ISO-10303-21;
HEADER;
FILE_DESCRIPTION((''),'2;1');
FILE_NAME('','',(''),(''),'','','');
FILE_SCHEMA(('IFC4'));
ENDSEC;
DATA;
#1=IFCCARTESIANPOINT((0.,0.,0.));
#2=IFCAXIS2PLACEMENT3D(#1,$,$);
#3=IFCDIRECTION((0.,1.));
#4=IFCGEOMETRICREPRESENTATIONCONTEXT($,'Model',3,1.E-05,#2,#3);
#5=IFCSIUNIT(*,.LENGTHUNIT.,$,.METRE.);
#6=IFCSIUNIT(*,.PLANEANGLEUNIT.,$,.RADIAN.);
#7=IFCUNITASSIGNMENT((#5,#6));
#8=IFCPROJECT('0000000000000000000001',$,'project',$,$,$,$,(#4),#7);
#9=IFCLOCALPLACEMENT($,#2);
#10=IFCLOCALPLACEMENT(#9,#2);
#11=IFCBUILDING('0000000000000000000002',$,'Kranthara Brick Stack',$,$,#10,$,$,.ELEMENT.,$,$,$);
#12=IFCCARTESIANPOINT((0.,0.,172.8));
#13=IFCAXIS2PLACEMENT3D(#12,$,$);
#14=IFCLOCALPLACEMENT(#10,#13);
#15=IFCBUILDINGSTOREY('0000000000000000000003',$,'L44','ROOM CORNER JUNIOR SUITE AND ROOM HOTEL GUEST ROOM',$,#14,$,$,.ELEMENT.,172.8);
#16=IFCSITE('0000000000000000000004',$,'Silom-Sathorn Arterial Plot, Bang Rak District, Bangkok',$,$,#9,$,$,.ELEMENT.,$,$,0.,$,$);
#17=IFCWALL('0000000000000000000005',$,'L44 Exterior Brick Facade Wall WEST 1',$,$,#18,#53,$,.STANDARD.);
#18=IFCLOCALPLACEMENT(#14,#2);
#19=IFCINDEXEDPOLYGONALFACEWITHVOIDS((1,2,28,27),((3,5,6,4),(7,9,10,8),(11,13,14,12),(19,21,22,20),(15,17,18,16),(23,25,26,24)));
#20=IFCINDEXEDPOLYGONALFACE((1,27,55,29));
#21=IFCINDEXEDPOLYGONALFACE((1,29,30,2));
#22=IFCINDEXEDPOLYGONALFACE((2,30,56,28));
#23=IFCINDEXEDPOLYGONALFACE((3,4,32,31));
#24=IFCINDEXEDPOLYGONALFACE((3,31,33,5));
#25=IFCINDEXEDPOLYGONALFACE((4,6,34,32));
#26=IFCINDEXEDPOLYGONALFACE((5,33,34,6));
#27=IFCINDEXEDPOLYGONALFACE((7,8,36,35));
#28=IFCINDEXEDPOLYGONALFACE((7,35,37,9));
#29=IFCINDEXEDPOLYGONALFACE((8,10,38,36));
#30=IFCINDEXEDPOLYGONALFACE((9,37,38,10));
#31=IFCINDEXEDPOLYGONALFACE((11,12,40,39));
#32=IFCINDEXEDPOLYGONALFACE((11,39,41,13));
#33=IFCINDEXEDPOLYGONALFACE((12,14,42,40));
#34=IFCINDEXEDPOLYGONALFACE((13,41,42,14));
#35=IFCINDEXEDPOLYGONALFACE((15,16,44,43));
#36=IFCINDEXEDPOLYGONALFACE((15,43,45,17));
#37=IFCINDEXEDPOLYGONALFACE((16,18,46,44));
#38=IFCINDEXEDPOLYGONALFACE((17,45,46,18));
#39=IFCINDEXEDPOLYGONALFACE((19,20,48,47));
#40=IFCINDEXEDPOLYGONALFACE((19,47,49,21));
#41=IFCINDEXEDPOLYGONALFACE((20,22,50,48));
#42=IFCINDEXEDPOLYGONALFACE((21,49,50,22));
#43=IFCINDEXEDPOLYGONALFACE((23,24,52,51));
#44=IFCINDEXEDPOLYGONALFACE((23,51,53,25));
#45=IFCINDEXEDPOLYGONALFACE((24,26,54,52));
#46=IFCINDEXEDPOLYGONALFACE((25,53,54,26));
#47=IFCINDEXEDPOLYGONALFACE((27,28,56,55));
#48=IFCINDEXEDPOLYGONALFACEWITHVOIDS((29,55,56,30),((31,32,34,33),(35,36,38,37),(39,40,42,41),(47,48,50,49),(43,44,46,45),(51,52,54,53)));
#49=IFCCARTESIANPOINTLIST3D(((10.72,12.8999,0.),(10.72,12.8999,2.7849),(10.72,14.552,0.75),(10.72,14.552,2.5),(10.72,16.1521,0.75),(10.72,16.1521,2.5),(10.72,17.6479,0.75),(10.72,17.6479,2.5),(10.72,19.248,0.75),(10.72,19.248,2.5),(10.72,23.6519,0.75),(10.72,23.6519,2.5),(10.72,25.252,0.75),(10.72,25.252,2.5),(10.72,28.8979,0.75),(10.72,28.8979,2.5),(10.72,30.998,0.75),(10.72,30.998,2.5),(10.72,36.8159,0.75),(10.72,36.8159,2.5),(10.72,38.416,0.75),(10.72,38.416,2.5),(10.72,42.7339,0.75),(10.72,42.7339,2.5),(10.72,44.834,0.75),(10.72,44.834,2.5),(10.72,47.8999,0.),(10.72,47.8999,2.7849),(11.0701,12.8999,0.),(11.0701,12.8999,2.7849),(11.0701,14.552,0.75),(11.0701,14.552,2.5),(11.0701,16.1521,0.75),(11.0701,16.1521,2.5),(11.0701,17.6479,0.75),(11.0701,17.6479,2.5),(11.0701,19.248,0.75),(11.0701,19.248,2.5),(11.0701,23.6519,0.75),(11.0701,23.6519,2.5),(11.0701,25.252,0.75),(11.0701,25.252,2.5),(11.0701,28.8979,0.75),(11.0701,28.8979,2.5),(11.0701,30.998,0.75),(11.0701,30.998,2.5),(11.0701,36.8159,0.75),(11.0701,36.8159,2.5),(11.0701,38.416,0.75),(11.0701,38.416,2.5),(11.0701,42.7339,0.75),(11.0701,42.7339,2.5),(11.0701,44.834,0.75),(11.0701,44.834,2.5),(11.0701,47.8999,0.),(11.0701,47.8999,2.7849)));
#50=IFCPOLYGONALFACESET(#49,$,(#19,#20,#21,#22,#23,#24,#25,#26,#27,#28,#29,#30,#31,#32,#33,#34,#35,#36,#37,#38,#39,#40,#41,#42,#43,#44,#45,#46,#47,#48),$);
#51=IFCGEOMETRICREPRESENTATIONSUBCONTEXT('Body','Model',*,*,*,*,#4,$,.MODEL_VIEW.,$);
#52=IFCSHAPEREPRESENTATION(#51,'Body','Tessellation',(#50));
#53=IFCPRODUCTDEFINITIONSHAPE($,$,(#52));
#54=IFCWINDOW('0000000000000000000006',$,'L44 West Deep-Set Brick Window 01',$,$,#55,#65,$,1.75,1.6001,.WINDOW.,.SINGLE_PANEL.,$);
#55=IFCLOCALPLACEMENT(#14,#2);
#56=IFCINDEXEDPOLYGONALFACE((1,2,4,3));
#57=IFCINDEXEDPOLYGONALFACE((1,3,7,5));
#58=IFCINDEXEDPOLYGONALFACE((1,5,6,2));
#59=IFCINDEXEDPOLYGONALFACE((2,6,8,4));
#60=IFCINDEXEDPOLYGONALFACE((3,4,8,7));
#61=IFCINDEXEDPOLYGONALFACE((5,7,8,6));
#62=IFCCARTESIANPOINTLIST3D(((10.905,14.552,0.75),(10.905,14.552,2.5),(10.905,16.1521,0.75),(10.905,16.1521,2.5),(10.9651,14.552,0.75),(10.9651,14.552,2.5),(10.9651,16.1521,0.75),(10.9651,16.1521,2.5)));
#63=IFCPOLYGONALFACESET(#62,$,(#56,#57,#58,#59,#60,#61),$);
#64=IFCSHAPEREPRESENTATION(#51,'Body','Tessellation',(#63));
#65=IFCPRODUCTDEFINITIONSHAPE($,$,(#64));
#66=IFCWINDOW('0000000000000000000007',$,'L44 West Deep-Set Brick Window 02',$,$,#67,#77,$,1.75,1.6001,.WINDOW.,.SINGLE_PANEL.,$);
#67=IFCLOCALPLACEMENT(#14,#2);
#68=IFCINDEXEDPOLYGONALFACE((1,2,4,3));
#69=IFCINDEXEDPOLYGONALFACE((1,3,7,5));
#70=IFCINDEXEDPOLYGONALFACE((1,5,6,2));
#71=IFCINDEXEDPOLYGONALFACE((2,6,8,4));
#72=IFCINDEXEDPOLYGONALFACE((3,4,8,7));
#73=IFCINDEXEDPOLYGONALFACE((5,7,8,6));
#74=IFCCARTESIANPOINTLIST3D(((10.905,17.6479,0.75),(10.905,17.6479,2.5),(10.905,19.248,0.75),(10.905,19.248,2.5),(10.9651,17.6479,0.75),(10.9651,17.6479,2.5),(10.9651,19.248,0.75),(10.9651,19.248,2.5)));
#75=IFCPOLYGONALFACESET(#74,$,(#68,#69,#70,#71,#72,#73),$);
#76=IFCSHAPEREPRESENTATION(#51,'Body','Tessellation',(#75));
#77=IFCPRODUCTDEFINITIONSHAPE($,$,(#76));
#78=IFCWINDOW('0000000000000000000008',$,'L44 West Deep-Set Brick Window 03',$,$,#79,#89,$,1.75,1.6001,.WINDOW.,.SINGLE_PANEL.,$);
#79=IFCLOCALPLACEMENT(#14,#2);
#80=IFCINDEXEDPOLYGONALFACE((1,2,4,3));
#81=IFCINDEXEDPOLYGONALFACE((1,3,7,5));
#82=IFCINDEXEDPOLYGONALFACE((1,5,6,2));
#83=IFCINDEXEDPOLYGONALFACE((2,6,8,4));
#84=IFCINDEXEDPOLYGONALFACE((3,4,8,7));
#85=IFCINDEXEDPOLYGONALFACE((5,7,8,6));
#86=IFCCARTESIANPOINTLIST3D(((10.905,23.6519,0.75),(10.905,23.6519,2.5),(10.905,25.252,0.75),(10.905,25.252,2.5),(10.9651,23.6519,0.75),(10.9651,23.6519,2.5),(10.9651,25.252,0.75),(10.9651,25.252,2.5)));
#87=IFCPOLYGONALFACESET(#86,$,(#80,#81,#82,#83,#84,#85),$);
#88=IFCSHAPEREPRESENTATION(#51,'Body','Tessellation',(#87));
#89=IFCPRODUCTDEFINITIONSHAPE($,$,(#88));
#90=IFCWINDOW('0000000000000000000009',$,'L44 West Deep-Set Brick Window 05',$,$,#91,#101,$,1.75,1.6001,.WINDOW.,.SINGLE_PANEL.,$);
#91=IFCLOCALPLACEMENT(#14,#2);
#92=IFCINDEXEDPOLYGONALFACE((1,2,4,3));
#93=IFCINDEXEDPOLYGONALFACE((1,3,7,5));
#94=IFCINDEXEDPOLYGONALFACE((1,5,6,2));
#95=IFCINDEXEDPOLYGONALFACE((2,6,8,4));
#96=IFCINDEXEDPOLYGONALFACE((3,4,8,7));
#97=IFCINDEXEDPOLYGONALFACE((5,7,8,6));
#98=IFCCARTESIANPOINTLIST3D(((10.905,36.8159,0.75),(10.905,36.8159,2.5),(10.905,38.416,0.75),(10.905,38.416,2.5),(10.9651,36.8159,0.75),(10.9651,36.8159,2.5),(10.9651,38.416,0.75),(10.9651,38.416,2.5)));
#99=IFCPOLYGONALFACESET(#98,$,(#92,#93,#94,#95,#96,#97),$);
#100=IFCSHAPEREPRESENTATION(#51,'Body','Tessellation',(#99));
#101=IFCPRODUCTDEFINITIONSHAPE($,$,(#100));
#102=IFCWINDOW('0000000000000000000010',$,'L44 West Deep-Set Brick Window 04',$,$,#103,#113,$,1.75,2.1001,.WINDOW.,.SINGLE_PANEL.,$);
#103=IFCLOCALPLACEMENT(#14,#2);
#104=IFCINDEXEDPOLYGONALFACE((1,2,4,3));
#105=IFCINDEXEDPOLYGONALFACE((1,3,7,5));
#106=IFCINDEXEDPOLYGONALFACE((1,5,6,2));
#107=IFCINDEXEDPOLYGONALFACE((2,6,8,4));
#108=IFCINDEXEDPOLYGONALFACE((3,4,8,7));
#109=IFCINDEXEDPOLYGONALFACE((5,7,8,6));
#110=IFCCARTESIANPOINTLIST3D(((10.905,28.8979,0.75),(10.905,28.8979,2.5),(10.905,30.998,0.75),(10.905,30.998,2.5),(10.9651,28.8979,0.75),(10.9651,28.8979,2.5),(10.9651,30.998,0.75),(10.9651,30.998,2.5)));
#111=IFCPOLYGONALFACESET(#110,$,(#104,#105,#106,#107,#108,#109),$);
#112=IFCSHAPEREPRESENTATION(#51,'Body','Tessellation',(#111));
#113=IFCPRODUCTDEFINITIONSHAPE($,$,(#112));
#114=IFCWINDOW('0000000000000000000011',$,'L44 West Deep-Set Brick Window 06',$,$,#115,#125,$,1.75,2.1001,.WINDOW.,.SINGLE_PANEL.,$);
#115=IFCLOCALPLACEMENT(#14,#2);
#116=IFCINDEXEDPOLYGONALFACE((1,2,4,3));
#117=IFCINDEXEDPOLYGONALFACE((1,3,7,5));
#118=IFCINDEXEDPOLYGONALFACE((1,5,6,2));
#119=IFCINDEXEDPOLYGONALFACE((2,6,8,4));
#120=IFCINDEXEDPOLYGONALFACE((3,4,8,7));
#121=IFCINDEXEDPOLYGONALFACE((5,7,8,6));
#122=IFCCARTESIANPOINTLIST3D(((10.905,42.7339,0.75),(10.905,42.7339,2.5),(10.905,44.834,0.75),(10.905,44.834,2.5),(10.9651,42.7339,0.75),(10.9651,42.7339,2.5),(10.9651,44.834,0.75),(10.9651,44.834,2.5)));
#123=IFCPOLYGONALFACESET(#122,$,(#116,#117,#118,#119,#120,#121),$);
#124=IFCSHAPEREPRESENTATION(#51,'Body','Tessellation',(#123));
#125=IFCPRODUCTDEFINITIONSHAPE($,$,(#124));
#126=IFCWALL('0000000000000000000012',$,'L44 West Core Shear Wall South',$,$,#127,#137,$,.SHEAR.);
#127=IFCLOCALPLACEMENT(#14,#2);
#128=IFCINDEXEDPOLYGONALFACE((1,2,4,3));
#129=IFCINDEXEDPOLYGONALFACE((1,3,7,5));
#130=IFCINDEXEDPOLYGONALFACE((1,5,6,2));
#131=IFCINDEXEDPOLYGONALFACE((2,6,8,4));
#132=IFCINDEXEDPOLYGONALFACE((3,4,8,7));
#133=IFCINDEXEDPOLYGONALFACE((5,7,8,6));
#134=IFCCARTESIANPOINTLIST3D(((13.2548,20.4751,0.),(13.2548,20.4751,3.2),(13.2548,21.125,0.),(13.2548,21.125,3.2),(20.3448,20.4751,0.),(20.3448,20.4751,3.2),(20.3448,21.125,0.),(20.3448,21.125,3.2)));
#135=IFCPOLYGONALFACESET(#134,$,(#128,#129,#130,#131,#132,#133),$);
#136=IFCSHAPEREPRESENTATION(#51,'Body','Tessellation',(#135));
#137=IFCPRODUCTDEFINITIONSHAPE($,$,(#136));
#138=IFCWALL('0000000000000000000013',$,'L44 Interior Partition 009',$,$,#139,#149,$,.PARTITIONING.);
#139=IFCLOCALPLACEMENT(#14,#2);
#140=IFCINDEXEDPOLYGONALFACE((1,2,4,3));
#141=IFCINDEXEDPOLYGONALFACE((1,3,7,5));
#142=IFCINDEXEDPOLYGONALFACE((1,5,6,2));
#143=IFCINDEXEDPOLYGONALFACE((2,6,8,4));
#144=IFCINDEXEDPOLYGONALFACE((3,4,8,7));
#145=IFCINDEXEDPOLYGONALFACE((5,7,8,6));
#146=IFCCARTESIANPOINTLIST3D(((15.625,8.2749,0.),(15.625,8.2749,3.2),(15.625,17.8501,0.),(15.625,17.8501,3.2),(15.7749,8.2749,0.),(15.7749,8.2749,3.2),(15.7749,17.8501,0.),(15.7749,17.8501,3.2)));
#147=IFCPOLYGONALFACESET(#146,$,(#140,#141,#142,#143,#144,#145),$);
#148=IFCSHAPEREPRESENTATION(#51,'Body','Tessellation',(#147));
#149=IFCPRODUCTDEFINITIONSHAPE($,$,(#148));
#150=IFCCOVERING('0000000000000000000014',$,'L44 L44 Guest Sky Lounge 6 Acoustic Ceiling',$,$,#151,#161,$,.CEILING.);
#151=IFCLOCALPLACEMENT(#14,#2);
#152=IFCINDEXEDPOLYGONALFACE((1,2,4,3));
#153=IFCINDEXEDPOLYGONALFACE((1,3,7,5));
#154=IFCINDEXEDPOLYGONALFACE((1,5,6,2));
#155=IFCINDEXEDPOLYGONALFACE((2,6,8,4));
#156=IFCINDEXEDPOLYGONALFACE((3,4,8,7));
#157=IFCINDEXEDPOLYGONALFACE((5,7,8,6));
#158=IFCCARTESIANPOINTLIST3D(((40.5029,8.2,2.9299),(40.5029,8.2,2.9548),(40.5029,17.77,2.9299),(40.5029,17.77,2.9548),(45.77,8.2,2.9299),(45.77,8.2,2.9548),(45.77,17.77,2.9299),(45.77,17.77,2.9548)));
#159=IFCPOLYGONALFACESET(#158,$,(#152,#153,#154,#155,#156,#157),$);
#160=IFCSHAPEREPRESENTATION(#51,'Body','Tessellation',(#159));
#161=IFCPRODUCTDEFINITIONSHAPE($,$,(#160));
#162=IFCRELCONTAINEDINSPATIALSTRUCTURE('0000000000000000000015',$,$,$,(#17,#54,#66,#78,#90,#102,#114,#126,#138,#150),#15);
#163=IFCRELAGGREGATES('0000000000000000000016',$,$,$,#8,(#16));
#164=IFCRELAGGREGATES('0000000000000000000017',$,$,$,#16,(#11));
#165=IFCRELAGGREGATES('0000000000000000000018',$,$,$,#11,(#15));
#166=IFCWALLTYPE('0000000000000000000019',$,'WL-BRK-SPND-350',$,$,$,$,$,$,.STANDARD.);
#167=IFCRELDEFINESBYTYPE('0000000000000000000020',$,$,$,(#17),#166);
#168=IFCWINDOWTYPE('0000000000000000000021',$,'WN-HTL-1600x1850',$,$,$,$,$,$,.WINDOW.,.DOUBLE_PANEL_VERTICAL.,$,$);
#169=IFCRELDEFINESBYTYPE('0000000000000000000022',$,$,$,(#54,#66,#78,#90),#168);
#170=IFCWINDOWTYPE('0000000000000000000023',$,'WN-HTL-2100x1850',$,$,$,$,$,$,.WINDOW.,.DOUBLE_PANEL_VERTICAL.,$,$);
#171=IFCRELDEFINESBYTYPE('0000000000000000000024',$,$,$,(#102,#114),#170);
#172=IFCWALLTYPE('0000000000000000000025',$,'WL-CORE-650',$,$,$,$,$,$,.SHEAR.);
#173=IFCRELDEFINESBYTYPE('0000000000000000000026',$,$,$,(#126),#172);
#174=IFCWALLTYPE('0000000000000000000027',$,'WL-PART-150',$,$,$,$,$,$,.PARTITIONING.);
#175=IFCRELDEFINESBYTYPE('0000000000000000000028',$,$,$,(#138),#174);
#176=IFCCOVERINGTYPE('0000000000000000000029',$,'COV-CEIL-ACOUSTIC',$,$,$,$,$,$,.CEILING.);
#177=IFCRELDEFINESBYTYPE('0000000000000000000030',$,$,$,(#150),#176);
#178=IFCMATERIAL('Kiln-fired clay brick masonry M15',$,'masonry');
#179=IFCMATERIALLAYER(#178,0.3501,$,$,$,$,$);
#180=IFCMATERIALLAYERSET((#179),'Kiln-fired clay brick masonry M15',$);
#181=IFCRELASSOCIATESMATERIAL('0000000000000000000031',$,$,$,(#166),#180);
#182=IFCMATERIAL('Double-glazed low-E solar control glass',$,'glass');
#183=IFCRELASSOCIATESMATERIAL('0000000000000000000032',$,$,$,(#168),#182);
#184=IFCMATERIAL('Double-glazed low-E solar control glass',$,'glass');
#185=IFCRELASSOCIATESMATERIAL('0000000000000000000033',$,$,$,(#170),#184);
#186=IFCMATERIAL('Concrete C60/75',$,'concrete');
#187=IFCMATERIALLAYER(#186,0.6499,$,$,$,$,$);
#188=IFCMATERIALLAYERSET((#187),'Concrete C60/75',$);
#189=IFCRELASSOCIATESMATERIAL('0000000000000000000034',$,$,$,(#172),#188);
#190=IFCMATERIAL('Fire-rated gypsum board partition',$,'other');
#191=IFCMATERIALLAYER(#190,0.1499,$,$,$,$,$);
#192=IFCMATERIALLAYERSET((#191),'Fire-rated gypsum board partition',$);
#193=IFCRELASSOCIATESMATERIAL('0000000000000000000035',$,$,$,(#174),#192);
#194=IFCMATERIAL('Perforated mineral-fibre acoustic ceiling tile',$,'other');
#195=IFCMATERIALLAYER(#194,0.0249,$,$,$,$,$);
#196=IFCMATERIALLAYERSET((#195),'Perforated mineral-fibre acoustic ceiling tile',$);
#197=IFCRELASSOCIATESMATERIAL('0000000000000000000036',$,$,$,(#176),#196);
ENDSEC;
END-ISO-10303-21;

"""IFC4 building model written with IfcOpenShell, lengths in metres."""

from ifc_helpers import new_model, si_unit, direction, frame, frame_2d, origin, place, context, subcontext, project, spatial, polyline, rectangle, outline, extrude, material, layer, layer_set, type_object, element, fill, save


model = new_model("IFC4")

# Units and contexts
model_context = context("Model", 3, precision=1e-05, world=origin(), true_north=direction((0.0, 1.0)))
body_context = subcontext(model_context, "Body", "Model", "MODEL_VIEW")
ifc_project = project(units=[si_unit("LENGTHUNIT", "METRE"), si_unit("PLANEANGLEUNIT", "RADIAN")], contexts=[model_context])

# Site, building, storey
site_placement = place(None, origin())
site = spatial("IfcSite", under=ifc_project, at=site_placement, Name="Silom-Sathorn Arterial Plot, Bang Rak District, Bangkok", CompositionType="ELEMENT", RefElevation=0.0)
building_placement = place(site_placement, origin())
building = spatial("IfcBuilding", under=site, at=building_placement, Name="Kranthara Brick Stack", CompositionType="ELEMENT")
storey_placement = place(building_placement, frame((0.0, 0.0, 172.8)))
storey = spatial("IfcBuildingStorey", under=building, at=storey_placement, Name="L44", Description="ROOM CORNER JUNIOR SUITE AND ROOM HOTEL GUEST ROOM", CompositionType="ELEMENT", Elevation=172.8)

# Shared definitions
ifc_material_1 = material(Name="Kiln-fired clay brick masonry M15", Category="masonry")
ifc_layer_1 = layer(ifc_material_1, 0.3501)
ifc_layer_set_1 = layer_set([ifc_layer_1], Name="Kiln-fired clay brick masonry M15")
wall_type_1 = type_object("IfcWallType", Name="WL-BRK-SPND-350", PredefinedType="STANDARD", material=ifc_layer_set_1)

# Wall, openings, windows
wall_1_placement = place(storey_placement, frame((10.895, 12.8999, 0.0), z_axis=(0.0, 0.0, 1.0), x_axis=(0.0, 1.0, 0.0)))
wall_1 = element("IfcWall", 1, at=wall_1_placement, inside=storey, type_object=wall_type_1, Name="L44 Exterior Brick Facade Wall WEST 1", PredefinedType="STANDARD", context=body_context, shape_type="SweptSolid", body=[
    extrude(rectangle(XDim=35.0, YDim=0.3501, at=frame_2d((17.5, 0.0))), origin(), (0.0, 0.0, 1.0), 2.7849),
])
opening_1_placement = place(wall_1_placement, frame((1.6521, 0.0, 0.75)))
opening_1 = element("IfcOpeningElement", 2, at=opening_1_placement, cuts=wall_1, PredefinedType="OPENING", context=body_context, shape_type="SweptSolid", body=[
    extrude(rectangle(XDim=1.6001, YDim=1.75, at=frame_2d((0.8, 0.875))), frame((0.0, 0.1851, 0.0), z_axis=(0.0, -1.0, 0.0), x_axis=(1.0, 0.0, 0.0)), (0.0, 0.0, 1.0), 0.3701),
])
opening_2_placement = place(wall_1_placement, frame((4.748, 0.0, 0.75)))
opening_2 = element("IfcOpeningElement", 3, at=opening_2_placement, cuts=wall_1, PredefinedType="OPENING", context=body_context, shape_type="SweptSolid", body=[
    extrude(rectangle(XDim=1.6001, YDim=1.75, at=frame_2d((0.8, 0.875))), frame((0.0, 0.1851, 0.0), z_axis=(0.0, -1.0, 0.0), x_axis=(1.0, 0.0, 0.0)), (0.0, 0.0, 1.0), 0.3701),
])
opening_3_placement = place(wall_1_placement, frame((10.752, 0.0, 0.75)))
opening_3 = element("IfcOpeningElement", 4, at=opening_3_placement, cuts=wall_1, PredefinedType="OPENING", context=body_context, shape_type="SweptSolid", body=[
    extrude(rectangle(XDim=1.6001, YDim=1.75, at=frame_2d((0.8, 0.875))), frame((0.0, 0.1851, 0.0), z_axis=(0.0, -1.0, 0.0), x_axis=(1.0, 0.0, 0.0)), (0.0, 0.0, 1.0), 0.3701),
])
opening_4_placement = place(wall_1_placement, frame((15.998, 0.0, 0.75)))
opening_4 = element("IfcOpeningElement", 5, at=opening_4_placement, cuts=wall_1, PredefinedType="OPENING", context=body_context, shape_type="SweptSolid", body=[
    extrude(rectangle(XDim=2.1001, YDim=1.75, at=frame_2d((1.05, 0.875))), frame((0.0, 0.1851, 0.0), z_axis=(0.0, -1.0, 0.0), x_axis=(1.0, 0.0, 0.0)), (0.0, 0.0, 1.0), 0.3701),
])
opening_5_placement = place(wall_1_placement, frame((23.916, 0.0, 0.75)))
opening_5 = element("IfcOpeningElement", 6, at=opening_5_placement, cuts=wall_1, PredefinedType="OPENING", context=body_context, shape_type="SweptSolid", body=[
    extrude(rectangle(XDim=1.6001, YDim=1.75, at=frame_2d((0.8, 0.875))), frame((0.0, 0.1851, 0.0), z_axis=(0.0, -1.0, 0.0), x_axis=(1.0, 0.0, 0.0)), (0.0, 0.0, 1.0), 0.3701),
])
opening_6_placement = place(wall_1_placement, frame((29.834, 0.0, 0.75)))
opening_6 = element("IfcOpeningElement", 7, at=opening_6_placement, cuts=wall_1, PredefinedType="OPENING", context=body_context, shape_type="SweptSolid", body=[
    extrude(rectangle(XDim=2.1001, YDim=1.75, at=frame_2d((1.05, 0.875))), frame((0.0, 0.1851, 0.0), z_axis=(0.0, -1.0, 0.0), x_axis=(1.0, 0.0, 0.0)), (0.0, 0.0, 1.0), 0.3701),
])
ifc_material_2 = material(Name="Double-glazed low-E solar control glass", Category="glass")
window_type_1 = type_object("IfcWindowType", Name="WN-HTL-1600x1850", PartitioningType="DOUBLE_PANEL_VERTICAL", PredefinedType="WINDOW", material=ifc_material_2)
window_1_placement = place(opening_1_placement, origin())
window_1 = element("IfcWindow", 8, at=window_1_placement, inside=storey, type_object=window_type_1, Name="L44 West Deep-Set Brick Window 01", OverallHeight=1.75, OverallWidth=1.6001, PartitioningType="SINGLE_PANEL", PredefinedType="WINDOW", context=body_context, shape_type="SweptSolid", body=[
    extrude(rectangle(XDim=1.6001, YDim=1.75, at=frame_2d((0.8, 0.875))), frame((0.0, -0.01, 0.0), z_axis=(0.0, -1.0, 0.0), x_axis=(1.0, 0.0, 0.0)), (0.0, 0.0, 1.0), 0.0601),
])
fill(opening_1, window_1)
window_2_placement = place(opening_2_placement, origin())
window_2 = element("IfcWindow", 9, at=window_2_placement, inside=storey, type_object=window_type_1, Name="L44 West Deep-Set Brick Window 02", OverallHeight=1.75, OverallWidth=1.6001, PartitioningType="SINGLE_PANEL", PredefinedType="WINDOW", context=body_context, shape_type="SweptSolid", body=[
    extrude(rectangle(XDim=1.6001, YDim=1.75, at=frame_2d((0.8, 0.875))), frame((0.0, -0.01, 0.0), z_axis=(0.0, -1.0, 0.0), x_axis=(1.0, 0.0, 0.0)), (0.0, 0.0, 1.0), 0.0601),
])
fill(opening_2, window_2)
window_3_placement = place(opening_3_placement, origin())
window_3 = element("IfcWindow", 10, at=window_3_placement, inside=storey, type_object=window_type_1, Name="L44 West Deep-Set Brick Window 03", OverallHeight=1.75, OverallWidth=1.6001, PartitioningType="SINGLE_PANEL", PredefinedType="WINDOW", context=body_context, shape_type="SweptSolid", body=[
    extrude(rectangle(XDim=1.6001, YDim=1.75, at=frame_2d((0.8, 0.875))), frame((0.0, -0.01, 0.0), z_axis=(0.0, -1.0, 0.0), x_axis=(1.0, 0.0, 0.0)), (0.0, 0.0, 1.0), 0.0601),
])
fill(opening_3, window_3)
window_4_placement = place(opening_5_placement, origin())
window_4 = element("IfcWindow", 11, at=window_4_placement, inside=storey, type_object=window_type_1, Name="L44 West Deep-Set Brick Window 05", OverallHeight=1.75, OverallWidth=1.6001, PartitioningType="SINGLE_PANEL", PredefinedType="WINDOW", context=body_context, shape_type="SweptSolid", body=[
    extrude(rectangle(XDim=1.6001, YDim=1.75, at=frame_2d((0.8, 0.875))), frame((0.0, -0.01, 0.0), z_axis=(0.0, -1.0, 0.0), x_axis=(1.0, 0.0, 0.0)), (0.0, 0.0, 1.0), 0.0601),
])
fill(opening_5, window_4)
ifc_material_3 = material(Name="Double-glazed low-E solar control glass", Category="glass")
window_type_2 = type_object("IfcWindowType", Name="WN-HTL-2100x1850", PartitioningType="DOUBLE_PANEL_VERTICAL", PredefinedType="WINDOW", material=ifc_material_3)
window_5_placement = place(opening_4_placement, origin())
window_5 = element("IfcWindow", 12, at=window_5_placement, inside=storey, type_object=window_type_2, Name="L44 West Deep-Set Brick Window 04", OverallHeight=1.75, OverallWidth=2.1001, PartitioningType="SINGLE_PANEL", PredefinedType="WINDOW", context=body_context, shape_type="SweptSolid", body=[
    extrude(rectangle(XDim=2.1001, YDim=1.75, at=frame_2d((1.05, 0.875))), frame((0.0, -0.01, 0.0), z_axis=(0.0, -1.0, 0.0), x_axis=(1.0, 0.0, 0.0)), (0.0, 0.0, 1.0), 0.0601),
])
fill(opening_4, window_5)
window_6_placement = place(opening_6_placement, origin())
window_6 = element("IfcWindow", 13, at=window_6_placement, inside=storey, type_object=window_type_2, Name="L44 West Deep-Set Brick Window 06", OverallHeight=1.75, OverallWidth=2.1001, PartitioningType="SINGLE_PANEL", PredefinedType="WINDOW", context=body_context, shape_type="SweptSolid", body=[
    extrude(rectangle(XDim=2.1001, YDim=1.75, at=frame_2d((1.05, 0.875))), frame((0.0, -0.01, 0.0), z_axis=(0.0, -1.0, 0.0), x_axis=(1.0, 0.0, 0.0)), (0.0, 0.0, 1.0), 0.0601),
])
fill(opening_6, window_6)

# Walls
ifc_material_4 = material(Name="Concrete C60/75", Category="concrete")
ifc_layer_2 = layer(ifc_material_4, 0.6499)
ifc_layer_set_2 = layer_set([ifc_layer_2], Name="Concrete C60/75")
wall_type_2 = type_object("IfcWallType", Name="WL-CORE-650", PredefinedType="SHEAR", material=ifc_layer_set_2)
wall_2_placement = place(storey_placement, frame((13.2549, 20.8, 0.0), z_axis=(0.0, 0.0, 1.0), x_axis=(1.0, 0.0, 0.0)))
element("IfcWall", 14, at=wall_2_placement, inside=storey, type_object=wall_type_2, Name="L44 West Core Shear Wall South", PredefinedType="SHEAR", context=body_context, shape_type="SweptSolid", body=[
    extrude(rectangle(XDim=7.0901, YDim=0.6499, at=frame_2d((3.5449, 0.0))), origin(), (0.0, 0.0, 1.0), 3.2),
])
ifc_material_5 = material(Name="Fire-rated gypsum board partition", Category="other")
ifc_layer_3 = layer(ifc_material_5, 0.1499)
ifc_layer_set_3 = layer_set([ifc_layer_3], Name="Fire-rated gypsum board partition")
wall_type_3 = type_object("IfcWallType", Name="WL-PART-150", PredefinedType="PARTITIONING", material=ifc_layer_set_3)
wall_3_placement = place(storey_placement, frame((15.7, 8.2749, 0.0), z_axis=(0.0, 0.0, 1.0), x_axis=(0.0, 1.0, 0.0)))
element("IfcWall", 15, at=wall_3_placement, inside=storey, type_object=wall_type_3, Name="L44 Interior Partition 009", PredefinedType="PARTITIONING", context=body_context, shape_type="SweptSolid", body=[
    extrude(rectangle(XDim=9.5752, YDim=0.1499, at=frame_2d((4.7876, 0.0))), origin(), (0.0, 0.0, 1.0), 3.2),
])

# Covering
ifc_material_6 = material(Name="Perforated mineral-fibre acoustic ceiling tile", Category="other")
ifc_layer_4 = layer(ifc_material_6, 0.0249)
ifc_layer_set_4 = layer_set([ifc_layer_4], Name="Perforated mineral-fibre acoustic ceiling tile")
covering_type = type_object("IfcCoveringType", Name="COV-CEIL-ACOUSTIC", PredefinedType="CEILING", material=ifc_layer_set_4)
covering_1_placement = place(storey_placement, frame((0.0, 0.0, 2.9299)))
element("IfcCovering", 16, at=covering_1_placement, inside=storey, type_object=covering_type, Name="L44 L44 Guest Sky Lounge 6 Acoustic Ceiling", PredefinedType="CEILING", context=body_context, shape_type="SweptSolid", body=[
    extrude(outline(polyline([(45.77, 8.2), (45.77, 17.77), (40.5029, 17.77), (40.5029, 8.2), (45.77, 8.2)])), origin(), (0.0, 0.0, 1.0), 0.0249),
])

save(model, "model.ifc")
